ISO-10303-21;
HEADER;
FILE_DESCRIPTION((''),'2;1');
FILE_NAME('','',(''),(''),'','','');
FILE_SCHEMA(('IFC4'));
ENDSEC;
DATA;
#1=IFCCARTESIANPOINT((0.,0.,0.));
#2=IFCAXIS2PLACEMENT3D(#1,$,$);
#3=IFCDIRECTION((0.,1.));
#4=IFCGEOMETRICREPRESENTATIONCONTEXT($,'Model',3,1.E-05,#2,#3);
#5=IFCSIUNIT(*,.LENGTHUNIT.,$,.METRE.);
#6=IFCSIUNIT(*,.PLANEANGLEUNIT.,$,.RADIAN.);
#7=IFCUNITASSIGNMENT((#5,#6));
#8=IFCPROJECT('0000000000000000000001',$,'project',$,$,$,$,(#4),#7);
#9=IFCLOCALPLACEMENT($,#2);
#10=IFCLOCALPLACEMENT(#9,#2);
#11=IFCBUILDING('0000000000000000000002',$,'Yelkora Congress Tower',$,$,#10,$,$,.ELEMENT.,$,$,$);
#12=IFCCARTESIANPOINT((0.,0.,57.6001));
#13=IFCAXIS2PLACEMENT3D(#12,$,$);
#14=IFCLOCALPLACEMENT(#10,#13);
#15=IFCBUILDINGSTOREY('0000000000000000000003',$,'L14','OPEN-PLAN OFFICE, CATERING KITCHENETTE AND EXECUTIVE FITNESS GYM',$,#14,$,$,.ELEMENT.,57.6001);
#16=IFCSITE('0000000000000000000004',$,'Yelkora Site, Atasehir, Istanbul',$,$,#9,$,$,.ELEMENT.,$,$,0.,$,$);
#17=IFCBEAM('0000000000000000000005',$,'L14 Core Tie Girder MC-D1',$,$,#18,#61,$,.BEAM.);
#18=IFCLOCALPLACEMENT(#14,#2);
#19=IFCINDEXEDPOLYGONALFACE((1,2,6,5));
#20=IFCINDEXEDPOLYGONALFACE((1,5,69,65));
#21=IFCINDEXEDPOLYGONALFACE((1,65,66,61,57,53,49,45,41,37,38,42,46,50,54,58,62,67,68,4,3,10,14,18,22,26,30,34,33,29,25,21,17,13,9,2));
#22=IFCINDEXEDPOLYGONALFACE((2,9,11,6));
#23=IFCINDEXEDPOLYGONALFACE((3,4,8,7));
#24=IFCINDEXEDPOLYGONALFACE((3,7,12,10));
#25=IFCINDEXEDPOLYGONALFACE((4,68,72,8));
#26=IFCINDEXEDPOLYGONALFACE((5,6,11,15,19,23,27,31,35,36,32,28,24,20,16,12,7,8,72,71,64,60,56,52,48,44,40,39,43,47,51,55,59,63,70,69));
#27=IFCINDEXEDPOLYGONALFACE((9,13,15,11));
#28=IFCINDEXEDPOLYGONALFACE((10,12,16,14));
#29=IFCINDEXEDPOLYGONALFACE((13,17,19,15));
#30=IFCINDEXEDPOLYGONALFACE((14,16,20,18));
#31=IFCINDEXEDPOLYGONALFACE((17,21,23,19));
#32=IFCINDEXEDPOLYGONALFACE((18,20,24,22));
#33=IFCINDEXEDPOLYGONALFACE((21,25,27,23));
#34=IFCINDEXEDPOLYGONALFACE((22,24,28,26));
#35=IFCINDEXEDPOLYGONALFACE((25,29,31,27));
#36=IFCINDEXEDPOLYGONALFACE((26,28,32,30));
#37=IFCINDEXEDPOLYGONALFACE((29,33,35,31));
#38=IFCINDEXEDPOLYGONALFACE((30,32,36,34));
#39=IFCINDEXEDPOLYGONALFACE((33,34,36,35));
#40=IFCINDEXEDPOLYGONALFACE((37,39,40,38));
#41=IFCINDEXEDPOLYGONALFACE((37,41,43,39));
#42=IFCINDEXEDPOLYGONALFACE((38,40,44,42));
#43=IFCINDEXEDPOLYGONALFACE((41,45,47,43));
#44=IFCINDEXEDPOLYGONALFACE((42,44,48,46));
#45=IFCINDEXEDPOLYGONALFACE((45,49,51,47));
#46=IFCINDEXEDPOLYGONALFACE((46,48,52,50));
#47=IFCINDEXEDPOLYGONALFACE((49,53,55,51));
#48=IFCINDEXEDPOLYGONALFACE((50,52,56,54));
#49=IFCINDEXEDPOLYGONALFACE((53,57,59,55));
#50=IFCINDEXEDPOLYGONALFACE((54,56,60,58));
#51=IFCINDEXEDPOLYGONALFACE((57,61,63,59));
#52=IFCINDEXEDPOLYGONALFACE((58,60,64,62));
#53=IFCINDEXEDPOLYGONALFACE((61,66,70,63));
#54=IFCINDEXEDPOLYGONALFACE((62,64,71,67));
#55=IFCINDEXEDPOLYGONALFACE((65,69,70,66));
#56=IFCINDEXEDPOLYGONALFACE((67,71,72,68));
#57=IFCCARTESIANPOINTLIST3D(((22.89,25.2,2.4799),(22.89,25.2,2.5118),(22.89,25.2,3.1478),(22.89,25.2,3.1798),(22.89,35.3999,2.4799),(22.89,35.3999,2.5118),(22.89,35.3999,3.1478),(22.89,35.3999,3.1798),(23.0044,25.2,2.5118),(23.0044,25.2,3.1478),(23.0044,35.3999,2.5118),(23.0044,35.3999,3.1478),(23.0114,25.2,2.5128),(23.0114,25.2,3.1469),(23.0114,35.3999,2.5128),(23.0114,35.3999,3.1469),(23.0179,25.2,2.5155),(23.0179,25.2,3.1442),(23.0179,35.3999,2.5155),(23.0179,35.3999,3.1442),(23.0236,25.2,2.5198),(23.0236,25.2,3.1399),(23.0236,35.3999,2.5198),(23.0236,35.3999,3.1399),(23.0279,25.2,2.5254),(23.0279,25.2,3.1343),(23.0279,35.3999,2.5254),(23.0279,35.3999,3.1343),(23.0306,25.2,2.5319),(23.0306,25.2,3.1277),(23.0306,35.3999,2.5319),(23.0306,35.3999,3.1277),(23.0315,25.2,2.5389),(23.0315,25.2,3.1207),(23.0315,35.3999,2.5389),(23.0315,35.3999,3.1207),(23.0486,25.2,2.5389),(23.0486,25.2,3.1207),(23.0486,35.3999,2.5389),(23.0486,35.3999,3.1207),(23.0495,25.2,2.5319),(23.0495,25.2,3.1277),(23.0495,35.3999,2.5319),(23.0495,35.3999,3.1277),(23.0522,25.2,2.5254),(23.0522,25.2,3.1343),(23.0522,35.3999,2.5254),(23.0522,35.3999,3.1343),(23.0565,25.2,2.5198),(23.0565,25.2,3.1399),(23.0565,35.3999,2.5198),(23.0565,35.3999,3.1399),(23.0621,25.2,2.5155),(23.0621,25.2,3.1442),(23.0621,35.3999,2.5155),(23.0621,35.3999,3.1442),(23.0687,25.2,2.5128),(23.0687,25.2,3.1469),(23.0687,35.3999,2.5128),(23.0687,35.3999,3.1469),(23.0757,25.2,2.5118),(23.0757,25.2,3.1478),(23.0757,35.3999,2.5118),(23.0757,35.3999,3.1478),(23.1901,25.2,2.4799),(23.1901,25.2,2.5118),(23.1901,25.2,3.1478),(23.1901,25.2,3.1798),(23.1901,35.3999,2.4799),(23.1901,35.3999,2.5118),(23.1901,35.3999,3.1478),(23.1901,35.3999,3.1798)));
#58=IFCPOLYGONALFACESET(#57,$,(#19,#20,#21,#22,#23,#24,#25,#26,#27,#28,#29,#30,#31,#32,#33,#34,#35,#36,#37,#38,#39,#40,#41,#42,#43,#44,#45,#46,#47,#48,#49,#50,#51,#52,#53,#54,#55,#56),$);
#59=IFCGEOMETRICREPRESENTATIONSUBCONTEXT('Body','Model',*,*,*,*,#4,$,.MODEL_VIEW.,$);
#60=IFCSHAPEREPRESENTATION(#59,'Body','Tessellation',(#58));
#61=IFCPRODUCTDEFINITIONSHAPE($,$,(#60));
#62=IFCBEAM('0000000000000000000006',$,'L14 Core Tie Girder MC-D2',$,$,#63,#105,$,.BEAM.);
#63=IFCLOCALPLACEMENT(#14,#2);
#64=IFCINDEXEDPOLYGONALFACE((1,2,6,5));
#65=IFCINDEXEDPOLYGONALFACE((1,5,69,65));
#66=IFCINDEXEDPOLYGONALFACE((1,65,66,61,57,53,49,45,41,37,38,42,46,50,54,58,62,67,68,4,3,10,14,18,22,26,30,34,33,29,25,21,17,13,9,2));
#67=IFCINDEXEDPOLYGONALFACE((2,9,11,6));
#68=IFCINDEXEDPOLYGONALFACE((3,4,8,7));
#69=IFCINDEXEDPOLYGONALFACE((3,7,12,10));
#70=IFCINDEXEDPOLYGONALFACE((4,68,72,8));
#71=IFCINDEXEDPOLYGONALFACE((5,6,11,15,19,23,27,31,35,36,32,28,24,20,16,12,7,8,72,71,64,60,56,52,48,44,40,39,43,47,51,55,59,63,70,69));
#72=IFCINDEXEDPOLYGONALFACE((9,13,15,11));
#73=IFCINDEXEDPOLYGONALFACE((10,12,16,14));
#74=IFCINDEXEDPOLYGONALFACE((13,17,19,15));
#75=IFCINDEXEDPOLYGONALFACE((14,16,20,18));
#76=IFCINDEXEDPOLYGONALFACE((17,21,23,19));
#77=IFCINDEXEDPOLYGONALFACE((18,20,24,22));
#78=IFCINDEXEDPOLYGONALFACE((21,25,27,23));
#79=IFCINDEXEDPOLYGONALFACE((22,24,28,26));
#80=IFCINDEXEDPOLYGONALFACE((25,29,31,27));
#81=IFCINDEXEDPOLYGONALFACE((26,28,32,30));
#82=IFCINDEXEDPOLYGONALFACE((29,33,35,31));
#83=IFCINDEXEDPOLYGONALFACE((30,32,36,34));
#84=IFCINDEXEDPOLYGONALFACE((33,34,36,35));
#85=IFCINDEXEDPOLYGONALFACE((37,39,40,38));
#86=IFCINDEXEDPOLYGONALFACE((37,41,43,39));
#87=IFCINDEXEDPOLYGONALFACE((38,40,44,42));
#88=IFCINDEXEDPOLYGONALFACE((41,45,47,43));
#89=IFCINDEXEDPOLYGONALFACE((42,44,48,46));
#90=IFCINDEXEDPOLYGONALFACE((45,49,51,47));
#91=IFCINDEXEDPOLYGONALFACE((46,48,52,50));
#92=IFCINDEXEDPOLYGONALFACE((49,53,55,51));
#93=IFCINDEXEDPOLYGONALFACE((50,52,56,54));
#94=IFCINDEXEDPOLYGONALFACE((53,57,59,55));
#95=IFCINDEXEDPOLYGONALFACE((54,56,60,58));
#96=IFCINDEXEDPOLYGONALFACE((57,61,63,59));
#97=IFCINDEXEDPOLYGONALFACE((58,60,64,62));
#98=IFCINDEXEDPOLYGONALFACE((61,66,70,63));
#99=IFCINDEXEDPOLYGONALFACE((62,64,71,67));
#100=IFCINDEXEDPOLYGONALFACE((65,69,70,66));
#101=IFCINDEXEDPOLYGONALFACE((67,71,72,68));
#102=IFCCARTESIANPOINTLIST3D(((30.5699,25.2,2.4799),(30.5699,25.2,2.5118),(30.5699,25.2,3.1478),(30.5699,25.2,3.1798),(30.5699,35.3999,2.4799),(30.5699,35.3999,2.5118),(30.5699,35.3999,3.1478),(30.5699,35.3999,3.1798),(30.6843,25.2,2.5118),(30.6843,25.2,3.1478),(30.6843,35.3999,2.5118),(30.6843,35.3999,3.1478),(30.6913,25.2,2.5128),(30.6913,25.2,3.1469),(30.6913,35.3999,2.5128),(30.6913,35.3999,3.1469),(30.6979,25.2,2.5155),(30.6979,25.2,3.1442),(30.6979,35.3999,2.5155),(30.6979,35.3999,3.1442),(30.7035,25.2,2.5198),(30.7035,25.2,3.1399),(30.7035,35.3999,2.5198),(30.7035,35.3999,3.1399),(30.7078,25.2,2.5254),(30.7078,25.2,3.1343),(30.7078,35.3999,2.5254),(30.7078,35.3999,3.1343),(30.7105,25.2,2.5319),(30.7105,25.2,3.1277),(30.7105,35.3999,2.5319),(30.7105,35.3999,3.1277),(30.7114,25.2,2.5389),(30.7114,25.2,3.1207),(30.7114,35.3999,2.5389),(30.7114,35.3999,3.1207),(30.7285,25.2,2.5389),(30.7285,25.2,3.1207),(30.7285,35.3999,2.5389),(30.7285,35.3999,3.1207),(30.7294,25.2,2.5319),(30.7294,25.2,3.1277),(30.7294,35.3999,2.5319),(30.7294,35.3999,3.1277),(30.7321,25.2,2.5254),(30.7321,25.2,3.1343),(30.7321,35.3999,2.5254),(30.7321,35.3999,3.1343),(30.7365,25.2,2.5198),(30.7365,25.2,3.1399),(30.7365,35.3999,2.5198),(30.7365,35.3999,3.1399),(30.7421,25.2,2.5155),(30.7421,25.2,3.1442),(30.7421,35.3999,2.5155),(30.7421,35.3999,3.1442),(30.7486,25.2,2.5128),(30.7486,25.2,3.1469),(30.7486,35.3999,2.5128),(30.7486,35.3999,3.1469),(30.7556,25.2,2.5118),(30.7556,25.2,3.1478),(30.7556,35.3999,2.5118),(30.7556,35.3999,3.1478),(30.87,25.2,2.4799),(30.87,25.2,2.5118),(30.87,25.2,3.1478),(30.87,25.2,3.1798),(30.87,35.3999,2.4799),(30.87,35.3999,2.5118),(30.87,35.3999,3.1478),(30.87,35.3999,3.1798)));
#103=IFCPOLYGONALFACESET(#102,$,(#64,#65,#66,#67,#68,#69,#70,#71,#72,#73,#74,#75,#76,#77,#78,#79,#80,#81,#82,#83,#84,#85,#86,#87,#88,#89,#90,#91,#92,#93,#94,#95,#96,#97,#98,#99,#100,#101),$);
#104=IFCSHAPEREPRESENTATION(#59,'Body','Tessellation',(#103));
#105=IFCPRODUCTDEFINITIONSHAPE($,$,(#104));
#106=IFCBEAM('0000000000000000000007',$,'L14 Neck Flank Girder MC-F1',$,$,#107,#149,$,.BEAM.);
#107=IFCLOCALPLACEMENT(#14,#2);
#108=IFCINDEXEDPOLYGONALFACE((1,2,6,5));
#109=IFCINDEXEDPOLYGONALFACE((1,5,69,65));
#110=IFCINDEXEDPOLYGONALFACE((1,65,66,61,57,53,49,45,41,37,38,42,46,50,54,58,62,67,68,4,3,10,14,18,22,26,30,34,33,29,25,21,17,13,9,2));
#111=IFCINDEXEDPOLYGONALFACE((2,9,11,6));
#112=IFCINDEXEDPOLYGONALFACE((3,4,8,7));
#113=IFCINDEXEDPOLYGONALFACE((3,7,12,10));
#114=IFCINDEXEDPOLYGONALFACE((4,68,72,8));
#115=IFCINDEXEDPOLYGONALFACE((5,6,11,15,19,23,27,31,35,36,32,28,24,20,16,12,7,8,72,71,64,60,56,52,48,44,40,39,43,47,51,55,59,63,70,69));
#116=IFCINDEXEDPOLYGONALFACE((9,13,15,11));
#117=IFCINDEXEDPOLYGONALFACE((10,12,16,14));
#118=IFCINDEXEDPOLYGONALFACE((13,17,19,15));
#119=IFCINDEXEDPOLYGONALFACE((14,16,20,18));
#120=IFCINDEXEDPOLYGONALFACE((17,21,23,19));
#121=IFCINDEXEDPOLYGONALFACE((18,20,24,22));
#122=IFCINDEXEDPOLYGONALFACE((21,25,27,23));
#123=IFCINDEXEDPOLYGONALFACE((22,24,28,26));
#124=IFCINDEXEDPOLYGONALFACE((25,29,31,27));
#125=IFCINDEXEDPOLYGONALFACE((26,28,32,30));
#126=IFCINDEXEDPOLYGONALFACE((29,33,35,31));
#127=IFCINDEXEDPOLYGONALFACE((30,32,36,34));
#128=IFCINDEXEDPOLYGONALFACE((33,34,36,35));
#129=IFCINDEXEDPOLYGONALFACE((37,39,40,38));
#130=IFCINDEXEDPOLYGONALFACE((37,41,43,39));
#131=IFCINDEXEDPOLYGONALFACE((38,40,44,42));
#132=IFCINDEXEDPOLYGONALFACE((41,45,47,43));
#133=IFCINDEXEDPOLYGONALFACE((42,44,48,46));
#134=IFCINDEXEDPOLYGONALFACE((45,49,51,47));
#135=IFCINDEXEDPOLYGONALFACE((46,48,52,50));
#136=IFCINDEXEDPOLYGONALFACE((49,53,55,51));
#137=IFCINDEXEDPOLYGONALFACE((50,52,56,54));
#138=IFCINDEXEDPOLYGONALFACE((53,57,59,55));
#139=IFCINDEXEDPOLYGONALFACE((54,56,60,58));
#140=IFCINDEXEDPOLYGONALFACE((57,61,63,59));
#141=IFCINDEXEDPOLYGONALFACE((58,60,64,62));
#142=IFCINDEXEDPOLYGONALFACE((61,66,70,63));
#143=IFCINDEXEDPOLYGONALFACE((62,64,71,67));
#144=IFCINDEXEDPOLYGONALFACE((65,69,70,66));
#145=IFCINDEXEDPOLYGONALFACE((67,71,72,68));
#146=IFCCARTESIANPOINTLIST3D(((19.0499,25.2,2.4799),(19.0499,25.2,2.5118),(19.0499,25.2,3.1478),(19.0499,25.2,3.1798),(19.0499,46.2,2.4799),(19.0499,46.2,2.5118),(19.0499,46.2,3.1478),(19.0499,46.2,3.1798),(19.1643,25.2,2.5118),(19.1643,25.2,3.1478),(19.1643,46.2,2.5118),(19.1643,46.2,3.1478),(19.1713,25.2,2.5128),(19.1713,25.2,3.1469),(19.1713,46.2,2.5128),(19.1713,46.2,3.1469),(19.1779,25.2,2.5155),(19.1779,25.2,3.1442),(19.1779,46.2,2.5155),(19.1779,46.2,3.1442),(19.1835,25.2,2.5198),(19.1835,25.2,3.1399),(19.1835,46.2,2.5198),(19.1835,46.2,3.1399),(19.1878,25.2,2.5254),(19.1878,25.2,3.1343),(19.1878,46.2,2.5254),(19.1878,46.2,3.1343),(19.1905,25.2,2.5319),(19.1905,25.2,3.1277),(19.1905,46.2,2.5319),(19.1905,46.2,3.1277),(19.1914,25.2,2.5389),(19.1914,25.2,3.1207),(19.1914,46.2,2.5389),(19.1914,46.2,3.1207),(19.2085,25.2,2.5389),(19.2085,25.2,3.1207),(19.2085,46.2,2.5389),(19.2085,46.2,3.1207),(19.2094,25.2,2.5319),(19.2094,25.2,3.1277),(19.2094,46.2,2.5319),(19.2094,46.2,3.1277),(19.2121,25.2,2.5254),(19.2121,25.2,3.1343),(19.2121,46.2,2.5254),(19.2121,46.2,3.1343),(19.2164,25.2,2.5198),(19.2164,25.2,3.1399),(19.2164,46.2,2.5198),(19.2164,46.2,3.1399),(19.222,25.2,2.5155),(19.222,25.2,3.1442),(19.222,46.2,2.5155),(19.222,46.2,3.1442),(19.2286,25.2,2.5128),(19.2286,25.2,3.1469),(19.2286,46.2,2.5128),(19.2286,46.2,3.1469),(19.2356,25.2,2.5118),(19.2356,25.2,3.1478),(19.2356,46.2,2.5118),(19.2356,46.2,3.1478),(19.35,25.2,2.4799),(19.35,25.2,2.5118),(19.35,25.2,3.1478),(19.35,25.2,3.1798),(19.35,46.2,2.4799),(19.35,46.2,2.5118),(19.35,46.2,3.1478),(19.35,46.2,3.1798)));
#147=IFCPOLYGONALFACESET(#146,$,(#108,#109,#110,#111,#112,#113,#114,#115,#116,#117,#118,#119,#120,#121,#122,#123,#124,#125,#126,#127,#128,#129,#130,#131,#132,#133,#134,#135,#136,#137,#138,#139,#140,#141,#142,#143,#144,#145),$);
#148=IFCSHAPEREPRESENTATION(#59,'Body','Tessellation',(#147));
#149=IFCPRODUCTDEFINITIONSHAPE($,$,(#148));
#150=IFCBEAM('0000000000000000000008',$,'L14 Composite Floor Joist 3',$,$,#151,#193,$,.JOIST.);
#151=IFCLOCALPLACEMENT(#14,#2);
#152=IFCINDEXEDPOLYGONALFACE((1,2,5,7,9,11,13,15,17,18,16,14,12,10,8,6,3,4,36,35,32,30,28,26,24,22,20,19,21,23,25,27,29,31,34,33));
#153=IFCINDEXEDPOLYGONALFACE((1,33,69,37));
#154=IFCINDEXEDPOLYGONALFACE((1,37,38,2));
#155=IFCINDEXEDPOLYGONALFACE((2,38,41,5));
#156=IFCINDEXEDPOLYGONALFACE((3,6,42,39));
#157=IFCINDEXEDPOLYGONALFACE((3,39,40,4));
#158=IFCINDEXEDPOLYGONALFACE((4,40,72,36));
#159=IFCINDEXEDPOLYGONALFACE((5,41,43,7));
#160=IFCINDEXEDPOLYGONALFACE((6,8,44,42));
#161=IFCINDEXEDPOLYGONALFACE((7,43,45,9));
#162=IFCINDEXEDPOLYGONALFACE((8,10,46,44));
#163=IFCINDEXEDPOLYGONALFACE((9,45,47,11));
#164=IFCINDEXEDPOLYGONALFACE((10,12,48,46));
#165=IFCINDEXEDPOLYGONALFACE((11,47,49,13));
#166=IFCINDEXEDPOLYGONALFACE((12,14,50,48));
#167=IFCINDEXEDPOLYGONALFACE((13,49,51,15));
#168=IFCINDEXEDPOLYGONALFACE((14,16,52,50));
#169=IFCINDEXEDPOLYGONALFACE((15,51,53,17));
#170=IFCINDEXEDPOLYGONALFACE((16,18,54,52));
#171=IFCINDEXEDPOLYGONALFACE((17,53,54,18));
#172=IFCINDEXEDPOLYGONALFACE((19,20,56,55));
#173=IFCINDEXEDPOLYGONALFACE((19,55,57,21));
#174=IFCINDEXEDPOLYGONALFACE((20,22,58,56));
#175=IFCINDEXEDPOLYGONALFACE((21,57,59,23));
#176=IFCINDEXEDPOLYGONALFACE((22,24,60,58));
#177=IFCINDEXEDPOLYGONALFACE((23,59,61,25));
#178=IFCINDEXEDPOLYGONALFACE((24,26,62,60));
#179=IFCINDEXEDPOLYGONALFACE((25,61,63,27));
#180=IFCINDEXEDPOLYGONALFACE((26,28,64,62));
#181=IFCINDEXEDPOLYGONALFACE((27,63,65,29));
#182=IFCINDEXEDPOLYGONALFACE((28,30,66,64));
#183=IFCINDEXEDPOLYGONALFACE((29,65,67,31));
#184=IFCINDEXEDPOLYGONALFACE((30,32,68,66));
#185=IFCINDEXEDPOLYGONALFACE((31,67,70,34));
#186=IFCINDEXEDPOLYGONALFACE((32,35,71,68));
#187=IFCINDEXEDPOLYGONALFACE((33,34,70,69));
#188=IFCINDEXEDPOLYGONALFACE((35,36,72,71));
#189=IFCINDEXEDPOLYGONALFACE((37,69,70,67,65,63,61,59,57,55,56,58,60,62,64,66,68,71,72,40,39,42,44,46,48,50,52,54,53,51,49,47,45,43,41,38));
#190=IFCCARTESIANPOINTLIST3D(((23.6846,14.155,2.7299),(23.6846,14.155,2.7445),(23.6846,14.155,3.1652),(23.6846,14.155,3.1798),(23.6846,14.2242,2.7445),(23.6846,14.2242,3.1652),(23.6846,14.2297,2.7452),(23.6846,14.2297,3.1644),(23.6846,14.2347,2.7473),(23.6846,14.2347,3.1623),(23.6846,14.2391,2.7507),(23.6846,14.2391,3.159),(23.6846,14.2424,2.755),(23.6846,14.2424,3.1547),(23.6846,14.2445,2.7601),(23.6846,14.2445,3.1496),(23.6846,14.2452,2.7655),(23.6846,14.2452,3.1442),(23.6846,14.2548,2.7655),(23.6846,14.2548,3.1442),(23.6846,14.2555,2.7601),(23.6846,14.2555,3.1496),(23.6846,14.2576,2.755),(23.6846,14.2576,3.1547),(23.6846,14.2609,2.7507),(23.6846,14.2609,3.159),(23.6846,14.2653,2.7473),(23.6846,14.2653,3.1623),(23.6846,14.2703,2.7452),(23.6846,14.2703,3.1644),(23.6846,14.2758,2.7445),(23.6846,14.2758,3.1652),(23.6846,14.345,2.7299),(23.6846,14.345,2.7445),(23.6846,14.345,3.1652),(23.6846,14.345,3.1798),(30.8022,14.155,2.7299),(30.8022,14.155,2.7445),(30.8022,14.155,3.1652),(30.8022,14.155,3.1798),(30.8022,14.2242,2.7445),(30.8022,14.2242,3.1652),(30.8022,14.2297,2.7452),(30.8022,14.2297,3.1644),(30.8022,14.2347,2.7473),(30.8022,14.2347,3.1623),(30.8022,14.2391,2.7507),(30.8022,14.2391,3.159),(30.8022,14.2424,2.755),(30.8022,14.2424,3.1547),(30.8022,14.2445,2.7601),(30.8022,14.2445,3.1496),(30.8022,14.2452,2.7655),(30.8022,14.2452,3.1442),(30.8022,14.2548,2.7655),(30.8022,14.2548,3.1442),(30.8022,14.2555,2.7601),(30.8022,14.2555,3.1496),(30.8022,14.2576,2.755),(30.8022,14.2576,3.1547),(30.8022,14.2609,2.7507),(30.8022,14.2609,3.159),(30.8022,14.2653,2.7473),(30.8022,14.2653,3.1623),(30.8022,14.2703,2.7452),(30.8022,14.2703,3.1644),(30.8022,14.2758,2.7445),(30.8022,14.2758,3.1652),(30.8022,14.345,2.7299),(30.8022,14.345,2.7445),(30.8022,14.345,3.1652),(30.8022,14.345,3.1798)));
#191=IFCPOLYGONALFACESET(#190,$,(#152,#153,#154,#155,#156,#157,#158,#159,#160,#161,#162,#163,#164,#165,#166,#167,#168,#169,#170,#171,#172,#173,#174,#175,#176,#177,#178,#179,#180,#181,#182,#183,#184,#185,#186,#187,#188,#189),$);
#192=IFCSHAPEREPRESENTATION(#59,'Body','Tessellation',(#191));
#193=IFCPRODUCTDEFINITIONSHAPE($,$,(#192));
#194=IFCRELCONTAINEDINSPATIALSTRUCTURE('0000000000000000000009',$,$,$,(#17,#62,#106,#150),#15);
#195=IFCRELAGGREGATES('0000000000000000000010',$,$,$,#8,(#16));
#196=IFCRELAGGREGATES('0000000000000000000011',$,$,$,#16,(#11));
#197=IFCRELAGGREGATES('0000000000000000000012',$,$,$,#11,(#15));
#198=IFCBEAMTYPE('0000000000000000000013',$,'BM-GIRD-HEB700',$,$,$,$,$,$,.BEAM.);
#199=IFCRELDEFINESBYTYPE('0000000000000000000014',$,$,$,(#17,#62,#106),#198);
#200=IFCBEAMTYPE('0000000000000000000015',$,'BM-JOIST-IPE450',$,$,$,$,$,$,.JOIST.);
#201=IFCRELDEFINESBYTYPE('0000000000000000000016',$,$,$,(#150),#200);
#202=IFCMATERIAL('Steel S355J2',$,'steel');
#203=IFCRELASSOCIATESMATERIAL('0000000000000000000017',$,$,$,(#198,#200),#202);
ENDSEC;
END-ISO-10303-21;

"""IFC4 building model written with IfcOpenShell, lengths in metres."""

from ifc_helpers import new_model, si_unit, direction, frame, origin, origin_2d, place, context, subcontext, project, spatial, i_section, extrude, material, material_profile, profile_set, type_object, element, save


model = new_model("IFC4")

# Units and contexts
model_context = context("Model", 3, precision=1e-05, world=origin(), true_north=direction((0.0, 1.0)))
body_context = subcontext(model_context, "Body", "Model", "MODEL_VIEW")
ifc_project = project(units=[si_unit("LENGTHUNIT", "METRE"), si_unit("PLANEANGLEUNIT", "RADIAN")], contexts=[model_context])

# Site, building, storey
site_placement = place(None, origin())
site = spatial("IfcSite", under=ifc_project, at=site_placement, Name="Yelkora Site, Atasehir, Istanbul", CompositionType="ELEMENT", RefElevation=0.0)
building_placement = place(site_placement, origin())
building = spatial("IfcBuilding", under=site, at=building_placement, Name="Yelkora Congress Tower", CompositionType="ELEMENT")
storey_placement = place(building_placement, frame((0.0, 0.0, 57.6001)))
storey = spatial("IfcBuildingStorey", under=building, at=storey_placement, Name="L14", Description="OPEN-PLAN OFFICE, CATERING KITCHENETTE AND EXECUTIVE FITNESS GYM", CompositionType="ELEMENT", Elevation=57.6001)

# Beams
ifc_material_1 = material(Name="Steel S355J2", Category="steel")
ifc_material_profile_1 = material_profile(ifc_material_1, i_section(OverallWidth=0.3, OverallDepth=0.7, WebThickness=0.0171, FlangeThickness=0.032, FilletRadius=0.0271, at=origin_2d()), Name="HEB 700")
ifc_profile_set_1 = profile_set([ifc_material_profile_1], Name="Steel S355J2")
beam_type_1 = type_object("IfcBeamType", Name="BM-GIRD-HEB700", PredefinedType="BEAM", material=ifc_profile_set_1)
for number, where, z_axis, x_axis, name in (
    (1, (23.04, 25.2, 2.8298), (0.0, 1.0, 0.0), (-1.0, 0.0, 0.0), "L14 Core Tie Girder MC-D1"),
    (2, (30.72, 25.2, 2.8298), (0.0, 1.0, 0.0), (-1.0, 0.0, 0.0), "L14 Core Tie Girder MC-D2"),
):
    element("IfcBeam", number, at=place(storey_placement, frame(where, z_axis=z_axis, x_axis=x_axis)), inside=storey, type_object=beam_type_1, Name=name, PredefinedType="BEAM", context=body_context, shape_type="SweptSolid", body=[
        extrude(i_section(OverallWidth=0.3, OverallDepth=0.7, WebThickness=0.0171, FlangeThickness=0.032, FilletRadius=0.0271, at=origin_2d()), origin(), (0.0, 0.0, 1.0), 10.2),
    ])
beam_1_placement = place(storey_placement, frame((19.2, 25.2, 2.8298), z_axis=(0.0, 1.0, 0.0), x_axis=(-1.0, 0.0, 0.0)))
element("IfcBeam", 3, at=beam_1_placement, inside=storey, type_object=beam_type_1, Name="L14 Neck Flank Girder MC-F1", PredefinedType="BEAM", context=body_context, shape_type="SweptSolid", body=[
    extrude(i_section(OverallWidth=0.3, OverallDepth=0.7, WebThickness=0.0171, FlangeThickness=0.032, FilletRadius=0.0271, at=origin_2d()), origin(), (0.0, 0.0, 1.0), 21.0),
])
ifc_material_profile_2 = material_profile(ifc_material_1, i_section(OverallWidth=0.1899, OverallDepth=0.45, WebThickness=0.0095, FlangeThickness=0.0146, FilletRadius=0.021, at=origin_2d()), Name="IPE 450")
ifc_profile_set_2 = profile_set([ifc_material_profile_2], Name="Steel S355J2")
beam_type_2 = type_object("IfcBeamType", Name="BM-JOIST-IPE450", PredefinedType="JOIST", material=ifc_profile_set_2)
for number, where, z_axis, x_axis, name in (
    (4, (23.6846, 14.25, 2.9548), (1.0, 0.0, 0.0), (0.0, 1.0, 0.0), "L14 Composite Floor Joist 3"),
):
    element("IfcBeam", number, at=place(storey_placement, frame(where, z_axis=z_axis, x_axis=x_axis)), inside=storey, type_object=beam_type_2, Name=name, PredefinedType="JOIST", context=body_context, shape_type="SweptSolid", body=[
        extrude(i_section(OverallWidth=0.1899, OverallDepth=0.45, WebThickness=0.0095, FlangeThickness=0.0146, FilletRadius=0.021, at=origin_2d()), origin(), (0.0, 0.0, 1.0), 7.1177),
    ])

save(model, "model.ifc")
